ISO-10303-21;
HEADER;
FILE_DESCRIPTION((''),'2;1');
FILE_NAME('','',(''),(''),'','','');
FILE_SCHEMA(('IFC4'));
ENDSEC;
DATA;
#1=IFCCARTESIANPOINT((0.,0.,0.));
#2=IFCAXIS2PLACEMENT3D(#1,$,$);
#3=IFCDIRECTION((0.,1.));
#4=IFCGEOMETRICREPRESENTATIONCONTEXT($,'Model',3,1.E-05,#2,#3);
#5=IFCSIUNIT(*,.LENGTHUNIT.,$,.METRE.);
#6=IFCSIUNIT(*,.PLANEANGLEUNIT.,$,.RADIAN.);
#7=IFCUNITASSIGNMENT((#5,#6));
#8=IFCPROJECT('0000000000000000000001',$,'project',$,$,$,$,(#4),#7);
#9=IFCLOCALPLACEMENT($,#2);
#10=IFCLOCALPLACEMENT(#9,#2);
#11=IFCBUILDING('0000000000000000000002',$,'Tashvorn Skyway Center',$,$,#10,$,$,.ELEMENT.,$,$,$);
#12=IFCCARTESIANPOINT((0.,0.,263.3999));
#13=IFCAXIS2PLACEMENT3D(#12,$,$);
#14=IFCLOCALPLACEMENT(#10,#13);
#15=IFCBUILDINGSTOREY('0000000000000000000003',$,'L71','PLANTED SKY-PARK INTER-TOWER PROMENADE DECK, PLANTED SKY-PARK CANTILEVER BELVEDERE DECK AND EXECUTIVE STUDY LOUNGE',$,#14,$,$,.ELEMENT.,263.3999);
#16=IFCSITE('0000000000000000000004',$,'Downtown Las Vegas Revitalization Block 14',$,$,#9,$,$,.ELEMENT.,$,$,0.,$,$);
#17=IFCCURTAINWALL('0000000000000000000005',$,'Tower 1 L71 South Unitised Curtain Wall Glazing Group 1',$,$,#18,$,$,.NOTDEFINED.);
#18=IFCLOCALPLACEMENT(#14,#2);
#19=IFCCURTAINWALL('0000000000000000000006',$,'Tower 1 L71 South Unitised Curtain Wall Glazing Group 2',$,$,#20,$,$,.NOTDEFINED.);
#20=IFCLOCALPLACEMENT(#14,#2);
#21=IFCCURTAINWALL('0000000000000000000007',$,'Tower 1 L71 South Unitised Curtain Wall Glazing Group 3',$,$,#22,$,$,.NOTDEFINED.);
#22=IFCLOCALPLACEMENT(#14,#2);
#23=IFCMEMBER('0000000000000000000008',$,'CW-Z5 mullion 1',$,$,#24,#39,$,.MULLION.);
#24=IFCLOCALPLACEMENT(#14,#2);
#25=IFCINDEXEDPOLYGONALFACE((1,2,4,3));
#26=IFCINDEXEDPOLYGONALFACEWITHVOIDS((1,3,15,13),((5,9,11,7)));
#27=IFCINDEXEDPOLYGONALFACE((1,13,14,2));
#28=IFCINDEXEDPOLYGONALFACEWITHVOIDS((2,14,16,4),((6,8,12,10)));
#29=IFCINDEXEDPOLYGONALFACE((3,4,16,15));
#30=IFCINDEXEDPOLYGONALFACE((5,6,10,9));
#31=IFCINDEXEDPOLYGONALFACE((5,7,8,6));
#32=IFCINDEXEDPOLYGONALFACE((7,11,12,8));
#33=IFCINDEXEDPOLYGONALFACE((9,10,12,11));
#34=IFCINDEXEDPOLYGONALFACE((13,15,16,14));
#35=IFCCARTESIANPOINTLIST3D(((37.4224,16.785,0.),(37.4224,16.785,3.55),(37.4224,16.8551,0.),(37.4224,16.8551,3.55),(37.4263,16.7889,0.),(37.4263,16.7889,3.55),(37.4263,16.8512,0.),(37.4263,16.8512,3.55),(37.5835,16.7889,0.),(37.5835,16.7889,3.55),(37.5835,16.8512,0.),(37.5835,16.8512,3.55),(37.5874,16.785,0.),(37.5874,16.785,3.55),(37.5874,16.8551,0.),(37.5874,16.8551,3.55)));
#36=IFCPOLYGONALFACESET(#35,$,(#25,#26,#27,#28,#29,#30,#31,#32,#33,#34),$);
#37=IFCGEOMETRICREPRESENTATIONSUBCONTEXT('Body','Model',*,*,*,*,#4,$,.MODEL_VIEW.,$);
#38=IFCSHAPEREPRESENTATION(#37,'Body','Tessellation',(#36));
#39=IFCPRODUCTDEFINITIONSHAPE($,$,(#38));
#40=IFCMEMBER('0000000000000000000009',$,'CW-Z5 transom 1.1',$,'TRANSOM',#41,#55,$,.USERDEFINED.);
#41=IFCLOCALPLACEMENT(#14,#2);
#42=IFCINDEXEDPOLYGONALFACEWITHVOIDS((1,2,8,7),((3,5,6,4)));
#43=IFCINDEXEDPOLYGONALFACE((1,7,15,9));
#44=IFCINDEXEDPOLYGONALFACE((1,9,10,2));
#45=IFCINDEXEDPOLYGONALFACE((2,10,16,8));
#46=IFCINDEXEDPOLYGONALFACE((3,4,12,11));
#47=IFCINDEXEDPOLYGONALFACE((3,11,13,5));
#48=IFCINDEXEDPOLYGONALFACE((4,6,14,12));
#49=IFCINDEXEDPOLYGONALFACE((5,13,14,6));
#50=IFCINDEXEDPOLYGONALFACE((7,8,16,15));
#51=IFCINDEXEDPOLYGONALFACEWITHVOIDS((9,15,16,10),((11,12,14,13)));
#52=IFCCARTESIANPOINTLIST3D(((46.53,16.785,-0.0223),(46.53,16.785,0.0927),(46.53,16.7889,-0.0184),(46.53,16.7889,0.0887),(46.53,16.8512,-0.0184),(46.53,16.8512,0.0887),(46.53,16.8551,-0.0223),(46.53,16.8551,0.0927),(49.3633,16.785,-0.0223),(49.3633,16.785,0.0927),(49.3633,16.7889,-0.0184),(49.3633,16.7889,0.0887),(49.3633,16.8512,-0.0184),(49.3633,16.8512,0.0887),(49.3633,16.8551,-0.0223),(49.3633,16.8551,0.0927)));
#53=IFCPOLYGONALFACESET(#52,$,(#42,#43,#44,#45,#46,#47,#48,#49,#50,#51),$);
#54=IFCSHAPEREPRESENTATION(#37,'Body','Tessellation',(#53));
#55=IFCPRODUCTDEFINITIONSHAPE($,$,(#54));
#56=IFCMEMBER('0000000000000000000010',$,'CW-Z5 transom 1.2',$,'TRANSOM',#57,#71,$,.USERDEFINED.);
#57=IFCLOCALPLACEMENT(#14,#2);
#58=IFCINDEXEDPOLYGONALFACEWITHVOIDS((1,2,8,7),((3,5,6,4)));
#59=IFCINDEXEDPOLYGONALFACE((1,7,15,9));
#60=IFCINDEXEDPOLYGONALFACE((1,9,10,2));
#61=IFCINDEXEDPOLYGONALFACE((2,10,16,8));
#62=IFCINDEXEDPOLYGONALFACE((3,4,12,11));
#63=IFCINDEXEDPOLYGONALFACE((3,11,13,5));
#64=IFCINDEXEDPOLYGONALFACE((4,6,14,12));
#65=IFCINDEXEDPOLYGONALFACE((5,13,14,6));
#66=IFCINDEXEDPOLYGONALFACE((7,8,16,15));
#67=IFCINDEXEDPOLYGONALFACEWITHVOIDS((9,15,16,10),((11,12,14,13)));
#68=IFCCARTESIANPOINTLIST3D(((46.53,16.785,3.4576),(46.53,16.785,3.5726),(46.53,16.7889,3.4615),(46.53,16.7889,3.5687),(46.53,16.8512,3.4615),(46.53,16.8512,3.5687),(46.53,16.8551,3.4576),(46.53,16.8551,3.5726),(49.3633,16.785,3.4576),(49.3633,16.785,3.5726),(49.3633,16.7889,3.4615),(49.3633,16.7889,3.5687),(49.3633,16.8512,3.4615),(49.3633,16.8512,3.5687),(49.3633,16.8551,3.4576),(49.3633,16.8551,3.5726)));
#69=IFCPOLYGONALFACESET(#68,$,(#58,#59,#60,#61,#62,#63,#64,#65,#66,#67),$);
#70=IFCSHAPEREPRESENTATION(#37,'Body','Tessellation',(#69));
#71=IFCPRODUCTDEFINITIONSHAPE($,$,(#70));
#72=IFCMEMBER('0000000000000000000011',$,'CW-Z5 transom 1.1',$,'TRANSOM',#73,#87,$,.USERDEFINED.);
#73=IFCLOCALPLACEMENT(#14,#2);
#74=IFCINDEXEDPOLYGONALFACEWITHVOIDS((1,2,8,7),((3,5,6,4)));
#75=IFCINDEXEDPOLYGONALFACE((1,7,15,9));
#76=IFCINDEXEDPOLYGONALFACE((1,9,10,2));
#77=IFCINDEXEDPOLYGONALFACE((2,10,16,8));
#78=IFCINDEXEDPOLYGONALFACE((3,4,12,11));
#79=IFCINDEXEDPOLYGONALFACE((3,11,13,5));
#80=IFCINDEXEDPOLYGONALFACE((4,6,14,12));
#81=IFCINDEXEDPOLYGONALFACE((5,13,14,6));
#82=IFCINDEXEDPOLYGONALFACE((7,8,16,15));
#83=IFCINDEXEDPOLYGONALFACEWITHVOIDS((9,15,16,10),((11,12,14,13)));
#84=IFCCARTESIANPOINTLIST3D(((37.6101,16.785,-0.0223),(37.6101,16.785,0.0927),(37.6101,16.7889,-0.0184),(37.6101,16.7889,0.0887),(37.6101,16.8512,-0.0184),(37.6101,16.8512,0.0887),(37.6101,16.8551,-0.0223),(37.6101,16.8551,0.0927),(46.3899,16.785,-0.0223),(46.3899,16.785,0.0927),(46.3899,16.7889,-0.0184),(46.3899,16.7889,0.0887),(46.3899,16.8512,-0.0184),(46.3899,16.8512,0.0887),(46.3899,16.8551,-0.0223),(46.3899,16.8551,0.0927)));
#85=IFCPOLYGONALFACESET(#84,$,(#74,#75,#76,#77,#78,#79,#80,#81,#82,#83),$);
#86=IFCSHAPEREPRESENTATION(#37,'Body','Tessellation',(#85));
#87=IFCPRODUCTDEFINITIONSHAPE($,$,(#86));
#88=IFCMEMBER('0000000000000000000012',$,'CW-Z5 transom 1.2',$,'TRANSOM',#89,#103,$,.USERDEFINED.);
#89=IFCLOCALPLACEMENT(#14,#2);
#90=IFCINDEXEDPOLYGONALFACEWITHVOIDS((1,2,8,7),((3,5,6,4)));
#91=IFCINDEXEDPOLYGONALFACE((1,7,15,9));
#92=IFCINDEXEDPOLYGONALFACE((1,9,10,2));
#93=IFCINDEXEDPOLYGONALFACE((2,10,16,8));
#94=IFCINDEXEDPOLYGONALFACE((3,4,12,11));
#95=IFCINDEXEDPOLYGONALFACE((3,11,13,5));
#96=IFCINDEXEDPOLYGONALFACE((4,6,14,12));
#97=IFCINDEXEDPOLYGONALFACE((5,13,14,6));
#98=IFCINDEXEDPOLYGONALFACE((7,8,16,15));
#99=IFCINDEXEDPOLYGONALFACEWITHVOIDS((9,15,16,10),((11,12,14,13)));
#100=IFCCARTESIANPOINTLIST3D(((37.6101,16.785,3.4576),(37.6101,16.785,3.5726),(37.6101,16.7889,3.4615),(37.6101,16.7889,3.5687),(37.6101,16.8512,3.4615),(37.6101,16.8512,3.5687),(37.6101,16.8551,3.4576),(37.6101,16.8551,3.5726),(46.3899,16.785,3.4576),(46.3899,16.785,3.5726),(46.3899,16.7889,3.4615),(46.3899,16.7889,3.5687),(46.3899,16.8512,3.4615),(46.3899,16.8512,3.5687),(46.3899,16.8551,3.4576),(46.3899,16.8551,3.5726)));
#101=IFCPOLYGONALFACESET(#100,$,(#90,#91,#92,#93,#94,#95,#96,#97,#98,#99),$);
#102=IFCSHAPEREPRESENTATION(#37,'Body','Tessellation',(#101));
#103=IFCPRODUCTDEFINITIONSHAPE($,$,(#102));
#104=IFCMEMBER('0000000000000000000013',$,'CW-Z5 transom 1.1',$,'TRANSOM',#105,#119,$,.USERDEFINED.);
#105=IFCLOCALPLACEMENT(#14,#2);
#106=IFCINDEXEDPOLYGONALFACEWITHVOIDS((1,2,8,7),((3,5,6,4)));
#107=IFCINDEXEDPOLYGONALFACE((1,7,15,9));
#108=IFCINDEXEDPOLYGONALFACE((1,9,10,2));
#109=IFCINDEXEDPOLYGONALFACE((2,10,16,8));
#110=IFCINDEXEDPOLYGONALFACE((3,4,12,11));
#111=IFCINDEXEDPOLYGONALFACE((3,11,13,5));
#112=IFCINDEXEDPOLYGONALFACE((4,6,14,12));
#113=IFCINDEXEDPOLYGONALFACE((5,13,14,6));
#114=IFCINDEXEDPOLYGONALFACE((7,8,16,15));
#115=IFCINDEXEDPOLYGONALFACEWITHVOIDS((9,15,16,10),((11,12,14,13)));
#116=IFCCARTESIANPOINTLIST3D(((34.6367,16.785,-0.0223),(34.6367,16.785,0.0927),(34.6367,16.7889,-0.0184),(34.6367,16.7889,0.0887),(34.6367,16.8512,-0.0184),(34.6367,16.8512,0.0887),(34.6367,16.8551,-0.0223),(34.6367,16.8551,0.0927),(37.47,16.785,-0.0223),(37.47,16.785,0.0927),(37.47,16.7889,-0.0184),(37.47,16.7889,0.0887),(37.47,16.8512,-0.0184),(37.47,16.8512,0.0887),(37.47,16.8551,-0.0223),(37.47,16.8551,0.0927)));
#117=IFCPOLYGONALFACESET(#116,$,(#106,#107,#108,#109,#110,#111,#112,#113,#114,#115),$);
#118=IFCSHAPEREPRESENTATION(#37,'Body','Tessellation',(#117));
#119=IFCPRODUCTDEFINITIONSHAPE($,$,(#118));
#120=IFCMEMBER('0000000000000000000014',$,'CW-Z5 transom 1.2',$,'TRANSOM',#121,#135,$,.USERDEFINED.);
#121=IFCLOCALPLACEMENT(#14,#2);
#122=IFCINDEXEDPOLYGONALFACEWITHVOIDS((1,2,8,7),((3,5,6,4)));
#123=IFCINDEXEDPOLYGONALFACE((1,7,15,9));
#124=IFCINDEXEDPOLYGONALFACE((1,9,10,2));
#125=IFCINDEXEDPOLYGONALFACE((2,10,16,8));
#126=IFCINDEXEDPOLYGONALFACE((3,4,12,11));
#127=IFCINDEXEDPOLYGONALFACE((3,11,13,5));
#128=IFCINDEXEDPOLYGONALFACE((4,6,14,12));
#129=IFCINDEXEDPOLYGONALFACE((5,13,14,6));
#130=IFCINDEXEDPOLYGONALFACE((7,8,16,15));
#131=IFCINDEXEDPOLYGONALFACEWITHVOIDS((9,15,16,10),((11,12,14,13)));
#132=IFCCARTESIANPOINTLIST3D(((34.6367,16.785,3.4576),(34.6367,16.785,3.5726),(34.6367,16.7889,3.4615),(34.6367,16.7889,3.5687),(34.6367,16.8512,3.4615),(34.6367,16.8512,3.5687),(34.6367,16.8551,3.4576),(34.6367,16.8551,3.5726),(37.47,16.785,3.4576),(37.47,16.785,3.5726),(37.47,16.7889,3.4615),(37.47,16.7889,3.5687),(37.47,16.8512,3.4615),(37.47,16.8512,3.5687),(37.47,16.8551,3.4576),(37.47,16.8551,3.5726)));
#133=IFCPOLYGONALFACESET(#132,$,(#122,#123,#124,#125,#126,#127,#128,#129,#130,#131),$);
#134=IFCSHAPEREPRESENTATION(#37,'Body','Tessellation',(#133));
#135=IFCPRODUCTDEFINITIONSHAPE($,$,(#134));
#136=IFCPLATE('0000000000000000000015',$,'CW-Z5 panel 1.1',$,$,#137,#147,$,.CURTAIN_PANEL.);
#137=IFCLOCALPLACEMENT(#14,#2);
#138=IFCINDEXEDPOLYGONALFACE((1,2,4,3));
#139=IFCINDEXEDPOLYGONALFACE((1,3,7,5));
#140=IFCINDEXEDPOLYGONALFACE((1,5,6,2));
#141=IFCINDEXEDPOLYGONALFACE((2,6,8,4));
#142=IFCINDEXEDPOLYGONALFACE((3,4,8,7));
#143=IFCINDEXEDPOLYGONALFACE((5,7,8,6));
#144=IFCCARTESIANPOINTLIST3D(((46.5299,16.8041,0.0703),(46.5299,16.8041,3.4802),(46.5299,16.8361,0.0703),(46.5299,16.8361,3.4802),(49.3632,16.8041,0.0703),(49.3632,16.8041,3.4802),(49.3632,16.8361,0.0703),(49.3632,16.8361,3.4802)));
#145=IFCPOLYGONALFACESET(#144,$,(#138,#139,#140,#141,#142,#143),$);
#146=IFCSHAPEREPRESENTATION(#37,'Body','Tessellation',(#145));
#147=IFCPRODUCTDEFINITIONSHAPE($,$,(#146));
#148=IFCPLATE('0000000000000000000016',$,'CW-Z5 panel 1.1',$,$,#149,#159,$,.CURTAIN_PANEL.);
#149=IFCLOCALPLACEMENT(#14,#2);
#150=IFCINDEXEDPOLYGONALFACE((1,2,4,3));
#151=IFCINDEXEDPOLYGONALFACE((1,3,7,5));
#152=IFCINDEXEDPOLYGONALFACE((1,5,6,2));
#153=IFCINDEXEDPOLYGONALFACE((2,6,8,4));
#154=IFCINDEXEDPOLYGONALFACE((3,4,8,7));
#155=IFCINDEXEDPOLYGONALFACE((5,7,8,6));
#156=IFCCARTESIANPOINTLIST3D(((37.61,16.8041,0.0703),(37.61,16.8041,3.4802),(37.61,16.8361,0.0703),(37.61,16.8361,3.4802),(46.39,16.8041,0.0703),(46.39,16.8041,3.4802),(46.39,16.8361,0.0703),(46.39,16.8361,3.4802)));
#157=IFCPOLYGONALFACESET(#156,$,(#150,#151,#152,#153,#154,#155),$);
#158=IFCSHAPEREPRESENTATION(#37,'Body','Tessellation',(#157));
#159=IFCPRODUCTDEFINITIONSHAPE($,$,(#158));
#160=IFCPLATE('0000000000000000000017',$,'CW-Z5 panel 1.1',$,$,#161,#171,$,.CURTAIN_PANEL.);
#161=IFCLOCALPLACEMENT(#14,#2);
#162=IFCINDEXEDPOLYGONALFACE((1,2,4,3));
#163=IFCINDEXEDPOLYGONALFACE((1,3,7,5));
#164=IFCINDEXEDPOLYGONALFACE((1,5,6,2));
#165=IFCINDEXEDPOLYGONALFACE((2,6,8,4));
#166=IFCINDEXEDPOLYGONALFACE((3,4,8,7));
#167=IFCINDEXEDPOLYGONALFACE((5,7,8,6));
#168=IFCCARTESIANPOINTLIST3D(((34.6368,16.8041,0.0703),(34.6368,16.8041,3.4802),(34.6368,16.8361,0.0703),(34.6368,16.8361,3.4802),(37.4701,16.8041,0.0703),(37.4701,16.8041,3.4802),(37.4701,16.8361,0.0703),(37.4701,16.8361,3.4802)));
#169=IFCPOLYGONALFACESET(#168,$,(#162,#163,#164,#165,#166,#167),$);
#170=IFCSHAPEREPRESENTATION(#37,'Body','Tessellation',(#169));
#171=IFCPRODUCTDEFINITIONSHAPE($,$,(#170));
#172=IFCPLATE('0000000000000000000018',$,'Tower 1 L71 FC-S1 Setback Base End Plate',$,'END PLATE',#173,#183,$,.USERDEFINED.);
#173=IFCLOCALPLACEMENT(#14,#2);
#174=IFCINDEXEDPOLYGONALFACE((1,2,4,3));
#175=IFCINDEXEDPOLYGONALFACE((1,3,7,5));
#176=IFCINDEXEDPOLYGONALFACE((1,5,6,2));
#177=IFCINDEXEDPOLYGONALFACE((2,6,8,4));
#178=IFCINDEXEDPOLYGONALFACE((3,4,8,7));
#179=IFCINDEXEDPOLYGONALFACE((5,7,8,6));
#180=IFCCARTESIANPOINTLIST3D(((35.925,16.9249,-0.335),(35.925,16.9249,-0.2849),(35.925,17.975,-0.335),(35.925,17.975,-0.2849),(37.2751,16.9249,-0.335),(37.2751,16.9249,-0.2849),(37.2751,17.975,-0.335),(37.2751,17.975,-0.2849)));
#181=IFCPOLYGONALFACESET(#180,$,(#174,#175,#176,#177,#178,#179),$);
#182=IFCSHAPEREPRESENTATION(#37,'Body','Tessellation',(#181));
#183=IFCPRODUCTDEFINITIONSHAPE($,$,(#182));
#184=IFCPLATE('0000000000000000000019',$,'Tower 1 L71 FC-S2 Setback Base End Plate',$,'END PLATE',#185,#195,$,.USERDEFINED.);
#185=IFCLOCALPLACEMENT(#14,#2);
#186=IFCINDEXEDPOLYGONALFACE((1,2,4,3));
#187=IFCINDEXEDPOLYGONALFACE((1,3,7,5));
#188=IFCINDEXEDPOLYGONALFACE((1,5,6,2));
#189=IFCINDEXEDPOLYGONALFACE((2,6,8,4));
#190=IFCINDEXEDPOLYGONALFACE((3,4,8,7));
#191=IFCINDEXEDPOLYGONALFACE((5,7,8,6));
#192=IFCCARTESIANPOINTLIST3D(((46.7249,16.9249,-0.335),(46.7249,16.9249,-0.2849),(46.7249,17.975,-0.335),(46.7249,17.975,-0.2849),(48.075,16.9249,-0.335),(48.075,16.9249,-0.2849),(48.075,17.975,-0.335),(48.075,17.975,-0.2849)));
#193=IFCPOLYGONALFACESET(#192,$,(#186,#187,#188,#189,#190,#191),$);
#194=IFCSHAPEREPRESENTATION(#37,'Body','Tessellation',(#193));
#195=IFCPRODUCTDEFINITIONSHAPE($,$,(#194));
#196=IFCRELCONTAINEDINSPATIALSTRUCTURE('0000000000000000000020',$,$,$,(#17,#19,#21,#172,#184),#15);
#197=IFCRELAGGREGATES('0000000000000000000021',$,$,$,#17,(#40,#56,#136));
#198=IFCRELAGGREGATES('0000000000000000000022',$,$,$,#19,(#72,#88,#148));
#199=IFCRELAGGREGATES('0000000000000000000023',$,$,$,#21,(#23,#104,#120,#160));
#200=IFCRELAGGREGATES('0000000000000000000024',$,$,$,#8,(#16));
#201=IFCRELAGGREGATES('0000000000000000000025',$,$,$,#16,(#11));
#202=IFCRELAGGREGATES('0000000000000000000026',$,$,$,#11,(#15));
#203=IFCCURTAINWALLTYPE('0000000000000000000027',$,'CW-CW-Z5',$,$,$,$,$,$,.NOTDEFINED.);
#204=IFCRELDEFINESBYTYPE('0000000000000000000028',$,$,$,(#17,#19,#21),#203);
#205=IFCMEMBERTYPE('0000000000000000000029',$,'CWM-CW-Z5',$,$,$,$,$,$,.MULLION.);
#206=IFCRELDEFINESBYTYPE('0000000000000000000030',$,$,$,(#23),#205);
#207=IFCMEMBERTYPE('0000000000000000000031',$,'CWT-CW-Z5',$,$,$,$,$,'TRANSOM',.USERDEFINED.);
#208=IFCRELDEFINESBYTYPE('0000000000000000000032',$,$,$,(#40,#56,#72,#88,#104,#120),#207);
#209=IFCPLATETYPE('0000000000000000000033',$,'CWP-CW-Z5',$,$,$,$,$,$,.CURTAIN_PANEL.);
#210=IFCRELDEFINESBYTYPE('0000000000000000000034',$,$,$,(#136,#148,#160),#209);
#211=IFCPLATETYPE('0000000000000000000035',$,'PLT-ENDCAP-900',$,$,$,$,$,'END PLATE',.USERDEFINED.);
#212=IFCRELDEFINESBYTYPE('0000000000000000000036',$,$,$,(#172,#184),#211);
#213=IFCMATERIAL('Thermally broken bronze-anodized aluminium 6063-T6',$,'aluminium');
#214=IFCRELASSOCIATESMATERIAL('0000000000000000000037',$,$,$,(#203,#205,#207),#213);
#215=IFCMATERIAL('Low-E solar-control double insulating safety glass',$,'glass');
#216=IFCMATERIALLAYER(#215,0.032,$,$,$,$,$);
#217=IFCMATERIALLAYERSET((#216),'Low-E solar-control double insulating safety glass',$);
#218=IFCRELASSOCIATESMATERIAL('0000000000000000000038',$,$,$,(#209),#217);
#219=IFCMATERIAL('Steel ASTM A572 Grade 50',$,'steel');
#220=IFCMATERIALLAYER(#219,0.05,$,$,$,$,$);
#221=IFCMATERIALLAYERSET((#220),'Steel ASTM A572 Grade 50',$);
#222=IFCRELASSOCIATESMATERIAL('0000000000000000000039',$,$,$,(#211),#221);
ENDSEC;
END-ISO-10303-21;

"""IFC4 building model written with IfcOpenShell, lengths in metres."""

from ifc_helpers import new_model, si_unit, direction, frame, origin, origin_2d, place, context, subcontext, project, spatial, rectangle, hollow_rectangle, extrude, material, layer, layer_set, material_profile, profile_set, type_object, element, aggregate, save


model = new_model("IFC4")

# Units and contexts
model_context = context("Model", 3, precision=1e-05, world=origin(), true_north=direction((0.0, 1.0)))
body_context = subcontext(model_context, "Body", "Model", "MODEL_VIEW")
ifc_project = project(units=[si_unit("LENGTHUNIT", "METRE"), si_unit("PLANEANGLEUNIT", "RADIAN")], contexts=[model_context])

# Site, building, storey
site_placement = place(None, origin())
site = spatial("IfcSite", under=ifc_project, at=site_placement, Name="Downtown Las Vegas Revitalization Block 14", CompositionType="ELEMENT", RefElevation=0.0)
building_placement = place(site_placement, origin())
building = spatial("IfcBuilding", under=site, at=building_placement, Name="Tashvorn Skyway Center", CompositionType="ELEMENT")
storey_placement = place(building_placement, frame((0.0, 0.0, 263.3999)))
storey = spatial("IfcBuildingStorey", under=building, at=storey_placement, Name="L71", Description="PLANTED SKY-PARK INTER-TOWER PROMENADE DECK, PLANTED SKY-PARK CANTILEVER BELVEDERE DECK AND EXECUTIVE STUDY LOUNGE", CompositionType="ELEMENT", Elevation=263.3999)

# Shared definitions
ifc_material_1 = material(Name="Steel ASTM A572 Grade 50", Category="steel")

# Curtain walls
ifc_material_2 = material(Name="Thermally broken bronze-anodized aluminium 6063-T6", Category="aluminium")
curtain_wall_type = type_object("IfcCurtainWallType", Name="CW-CW-Z5", PredefinedType="NOTDEFINED", material=ifc_material_2)
curtain_wall_1_placement = place(storey_placement, origin())
curtain_wall_1 = element("IfcCurtainWall", 1, at=curtain_wall_1_placement, inside=storey, type_object=curtain_wall_type, Name="Tower 1 L71 South Unitised Curtain Wall Glazing Group 1", PredefinedType="NOTDEFINED")
ifc_material_profile_1 = material_profile(ifc_material_2, hollow_rectangle(XDim=0.0701, YDim=0.165, WallThickness=0.0039, at=origin_2d()), Name="ALU-MULL-70x165")
ifc_profile_set_1 = profile_set([ifc_material_profile_1], Name="Thermally broken bronze-anodized aluminium 6063-T6")
member_type_1 = type_object("IfcMemberType", Name="CWM-CW-Z5", PredefinedType="MULLION", material=ifc_profile_set_1)
curtain_wall_2_placement = place(storey_placement, origin())
curtain_wall_2 = element("IfcCurtainWall", 2, at=curtain_wall_2_placement, inside=storey, type_object=curtain_wall_type, Name="Tower 1 L71 South Unitised Curtain Wall Glazing Group 2", PredefinedType="NOTDEFINED")

# Curtain wall, member
curtain_wall_3_placement = place(storey_placement, origin())
curtain_wall_3 = element("IfcCurtainWall", 3, at=curtain_wall_3_placement, inside=storey, type_object=curtain_wall_type, Name="Tower 1 L71 South Unitised Curtain Wall Glazing Group 3", PredefinedType="NOTDEFINED")
member_1_placement = place(storey_placement, frame((37.5049, 16.8201, 0.0), z_axis=(0.0, 0.0, 1.0), x_axis=(0.0, -1.0, 0.0)))
member_1 = element("IfcMember", 4, at=member_1_placement, type_object=member_type_1, Name="CW-Z5 mullion 1", PredefinedType="MULLION", context=body_context, shape_type="SweptSolid", body=[
    extrude(hollow_rectangle(XDim=0.0701, YDim=0.165, WallThickness=0.0039, at=origin_2d()), origin(), (0.0, 0.0, 1.0), 3.55),
])

# Members
ifc_material_profile_2 = material_profile(ifc_material_2, hollow_rectangle(XDim=0.0701, YDim=0.115, WallThickness=0.0039, at=origin_2d()), Name="ALU-TRAN-70x115")
ifc_profile_set_2 = profile_set([ifc_material_profile_2], Name="Thermally broken bronze-anodized aluminium 6063-T6")
member_type_2 = type_object("IfcMemberType", Name="CWT-CW-Z5", ElementType="TRANSOM", PredefinedType="USERDEFINED", material=ifc_profile_set_2)
member_2_placement = place(storey_placement, frame((49.3633, 16.8201, 0.0352), z_axis=(-1.0, 0.0, 0.0), x_axis=(0.0, -1.0, 0.0)))
member_2 = element("IfcMember", 5, at=member_2_placement, type_object=member_type_2, Name="CW-Z5 transom 1.1", ObjectType="TRANSOM", PredefinedType="USERDEFINED", context=body_context, shape_type="SweptSolid", body=[
    extrude(hollow_rectangle(XDim=0.0701, YDim=0.115, WallThickness=0.0039, at=origin_2d()), origin(), (0.0, 0.0, 1.0), 2.8333),
])
member_3_placement = place(storey_placement, frame((49.3633, 16.8201, 3.5151), z_axis=(-1.0, 0.0, 0.0), x_axis=(0.0, -1.0, 0.0)))
member_3 = element("IfcMember", 6, at=member_3_placement, type_object=member_type_2, Name="CW-Z5 transom 1.2", ObjectType="TRANSOM", PredefinedType="USERDEFINED", context=body_context, shape_type="SweptSolid", body=[
    extrude(hollow_rectangle(XDim=0.0701, YDim=0.115, WallThickness=0.0039, at=origin_2d()), origin(), (0.0, 0.0, 1.0), 2.8333),
])
member_4_placement = place(storey_placement, frame((46.3899, 16.8201, 0.0352), z_axis=(-1.0, 0.0, 0.0), x_axis=(0.0, -1.0, 0.0)))
member_4 = element("IfcMember", 7, at=member_4_placement, type_object=member_type_2, Name="CW-Z5 transom 1.1", ObjectType="TRANSOM", PredefinedType="USERDEFINED", context=body_context, shape_type="SweptSolid", body=[
    extrude(hollow_rectangle(XDim=0.0701, YDim=0.115, WallThickness=0.0039, at=origin_2d()), origin(), (0.0, 0.0, 1.0), 8.7798),
])
member_5_placement = place(storey_placement, frame((46.3899, 16.8201, 3.5151), z_axis=(-1.0, 0.0, 0.0), x_axis=(0.0, -1.0, 0.0)))
member_5 = element("IfcMember", 8, at=member_5_placement, type_object=member_type_2, Name="CW-Z5 transom 1.2", ObjectType="TRANSOM", PredefinedType="USERDEFINED", context=body_context, shape_type="SweptSolid", body=[
    extrude(hollow_rectangle(XDim=0.0701, YDim=0.115, WallThickness=0.0039, at=origin_2d()), origin(), (0.0, 0.0, 1.0), 8.7798),
])
member_6_placement = place(storey_placement, frame((37.47, 16.8201, 0.0352), z_axis=(-1.0, 0.0, 0.0), x_axis=(0.0, -1.0, 0.0)))
member_6 = element("IfcMember", 9, at=member_6_placement, type_object=member_type_2, Name="CW-Z5 transom 1.1", ObjectType="TRANSOM", PredefinedType="USERDEFINED", context=body_context, shape_type="SweptSolid", body=[
    extrude(hollow_rectangle(XDim=0.0701, YDim=0.115, WallThickness=0.0039, at=origin_2d()), origin(), (0.0, 0.0, 1.0), 2.8333),
])
member_7_placement = place(storey_placement, frame((37.47, 16.8201, 3.5151), z_axis=(-1.0, 0.0, 0.0), x_axis=(0.0, -1.0, 0.0)))
member_7 = element("IfcMember", 10, at=member_7_placement, type_object=member_type_2, Name="CW-Z5 transom 1.2", ObjectType="TRANSOM", PredefinedType="USERDEFINED", context=body_context, shape_type="SweptSolid", body=[
    extrude(hollow_rectangle(XDim=0.0701, YDim=0.115, WallThickness=0.0039, at=origin_2d()), origin(), (0.0, 0.0, 1.0), 2.8333),
])

# Plates
ifc_material_3 = material(Name="Low-E solar-control double insulating safety glass", Category="glass")
ifc_layer_1 = layer(ifc_material_3, 0.032)
ifc_layer_set_1 = layer_set([ifc_layer_1], Name="Low-E solar-control double insulating safety glass")
plate_type_1 = type_object("IfcPlateType", Name="CWP-CW-Z5", PredefinedType="CURTAIN_PANEL", material=ifc_layer_set_1)
plate_1_placement = place(storey_placement, frame((47.9465, 16.8201, 0.0703), z_axis=(0.0, 0.0, 1.0), x_axis=(-1.0, 0.0, 0.0)))
plate_1 = element("IfcPlate", 11, at=plate_1_placement, type_object=plate_type_1, Name="CW-Z5 panel 1.1", PredefinedType="CURTAIN_PANEL", context=body_context, shape_type="SweptSolid", body=[
    extrude(rectangle(XDim=2.8333, YDim=0.032, at=origin_2d()), origin(), (0.0, 0.0, 1.0), 3.4099),
])
aggregate(curtain_wall_1, [member_2, member_3, plate_1])
plate_2_placement = place(storey_placement, frame((42.0, 16.8201, 0.0703), z_axis=(0.0, 0.0, 1.0), x_axis=(-1.0, 0.0, 0.0)))
plate_2 = element("IfcPlate", 12, at=plate_2_placement, type_object=plate_type_1, Name="CW-Z5 panel 1.1", PredefinedType="CURTAIN_PANEL", context=body_context, shape_type="SweptSolid", body=[
    extrude(rectangle(XDim=8.78, YDim=0.032, at=origin_2d()), origin(), (0.0, 0.0, 1.0), 3.4099),
])
aggregate(curtain_wall_2, [member_4, member_5, plate_2])
plate_3_placement = place(storey_placement, frame((36.0535, 16.8201, 0.0703), z_axis=(0.0, 0.0, 1.0), x_axis=(-1.0, 0.0, 0.0)))
plate_3 = element("IfcPlate", 13, at=plate_3_placement, type_object=plate_type_1, Name="CW-Z5 panel 1.1", PredefinedType="CURTAIN_PANEL", context=body_context, shape_type="SweptSolid", body=[
    extrude(rectangle(XDim=2.8333, YDim=0.032, at=origin_2d()), origin(), (0.0, 0.0, 1.0), 3.4099),
])
aggregate(curtain_wall_3, [member_1, member_6, member_7, plate_3])

# Plates
ifc_layer_2 = layer(ifc_material_1, 0.05)
ifc_layer_set_2 = layer_set([ifc_layer_2], Name="Steel ASTM A572 Grade 50")
plate_type_2 = type_object("IfcPlateType", Name="PLT-ENDCAP-900", ElementType="END PLATE", PredefinedType="USERDEFINED", material=ifc_layer_set_2)
for number, where, z_axis, x_axis, name in (
    (14, (36.6001, 17.45, -0.335), (0.0, 0.0, 1.0), (1.0, 0.0, 0.0), "Tower 1 L71 FC-S1 Setback Base End Plate"),
    (15, (47.3999, 17.45, -0.335), (0.0, 0.0, 1.0), (1.0, 0.0, 0.0), "Tower 1 L71 FC-S2 Setback Base End Plate"),
):
    element("IfcPlate", number, at=place(storey_placement, frame(where, z_axis=z_axis, x_axis=x_axis)), inside=storey, type_object=plate_type_2, Name=name, ObjectType="END PLATE", PredefinedType="USERDEFINED", context=body_context, shape_type="SweptSolid", body=[
        extrude(rectangle(XDim=1.3501, YDim=1.05, at=origin_2d()), origin(), (0.0, 0.0, 1.0), 0.05),
    ])

save(model, "model.ifc")
